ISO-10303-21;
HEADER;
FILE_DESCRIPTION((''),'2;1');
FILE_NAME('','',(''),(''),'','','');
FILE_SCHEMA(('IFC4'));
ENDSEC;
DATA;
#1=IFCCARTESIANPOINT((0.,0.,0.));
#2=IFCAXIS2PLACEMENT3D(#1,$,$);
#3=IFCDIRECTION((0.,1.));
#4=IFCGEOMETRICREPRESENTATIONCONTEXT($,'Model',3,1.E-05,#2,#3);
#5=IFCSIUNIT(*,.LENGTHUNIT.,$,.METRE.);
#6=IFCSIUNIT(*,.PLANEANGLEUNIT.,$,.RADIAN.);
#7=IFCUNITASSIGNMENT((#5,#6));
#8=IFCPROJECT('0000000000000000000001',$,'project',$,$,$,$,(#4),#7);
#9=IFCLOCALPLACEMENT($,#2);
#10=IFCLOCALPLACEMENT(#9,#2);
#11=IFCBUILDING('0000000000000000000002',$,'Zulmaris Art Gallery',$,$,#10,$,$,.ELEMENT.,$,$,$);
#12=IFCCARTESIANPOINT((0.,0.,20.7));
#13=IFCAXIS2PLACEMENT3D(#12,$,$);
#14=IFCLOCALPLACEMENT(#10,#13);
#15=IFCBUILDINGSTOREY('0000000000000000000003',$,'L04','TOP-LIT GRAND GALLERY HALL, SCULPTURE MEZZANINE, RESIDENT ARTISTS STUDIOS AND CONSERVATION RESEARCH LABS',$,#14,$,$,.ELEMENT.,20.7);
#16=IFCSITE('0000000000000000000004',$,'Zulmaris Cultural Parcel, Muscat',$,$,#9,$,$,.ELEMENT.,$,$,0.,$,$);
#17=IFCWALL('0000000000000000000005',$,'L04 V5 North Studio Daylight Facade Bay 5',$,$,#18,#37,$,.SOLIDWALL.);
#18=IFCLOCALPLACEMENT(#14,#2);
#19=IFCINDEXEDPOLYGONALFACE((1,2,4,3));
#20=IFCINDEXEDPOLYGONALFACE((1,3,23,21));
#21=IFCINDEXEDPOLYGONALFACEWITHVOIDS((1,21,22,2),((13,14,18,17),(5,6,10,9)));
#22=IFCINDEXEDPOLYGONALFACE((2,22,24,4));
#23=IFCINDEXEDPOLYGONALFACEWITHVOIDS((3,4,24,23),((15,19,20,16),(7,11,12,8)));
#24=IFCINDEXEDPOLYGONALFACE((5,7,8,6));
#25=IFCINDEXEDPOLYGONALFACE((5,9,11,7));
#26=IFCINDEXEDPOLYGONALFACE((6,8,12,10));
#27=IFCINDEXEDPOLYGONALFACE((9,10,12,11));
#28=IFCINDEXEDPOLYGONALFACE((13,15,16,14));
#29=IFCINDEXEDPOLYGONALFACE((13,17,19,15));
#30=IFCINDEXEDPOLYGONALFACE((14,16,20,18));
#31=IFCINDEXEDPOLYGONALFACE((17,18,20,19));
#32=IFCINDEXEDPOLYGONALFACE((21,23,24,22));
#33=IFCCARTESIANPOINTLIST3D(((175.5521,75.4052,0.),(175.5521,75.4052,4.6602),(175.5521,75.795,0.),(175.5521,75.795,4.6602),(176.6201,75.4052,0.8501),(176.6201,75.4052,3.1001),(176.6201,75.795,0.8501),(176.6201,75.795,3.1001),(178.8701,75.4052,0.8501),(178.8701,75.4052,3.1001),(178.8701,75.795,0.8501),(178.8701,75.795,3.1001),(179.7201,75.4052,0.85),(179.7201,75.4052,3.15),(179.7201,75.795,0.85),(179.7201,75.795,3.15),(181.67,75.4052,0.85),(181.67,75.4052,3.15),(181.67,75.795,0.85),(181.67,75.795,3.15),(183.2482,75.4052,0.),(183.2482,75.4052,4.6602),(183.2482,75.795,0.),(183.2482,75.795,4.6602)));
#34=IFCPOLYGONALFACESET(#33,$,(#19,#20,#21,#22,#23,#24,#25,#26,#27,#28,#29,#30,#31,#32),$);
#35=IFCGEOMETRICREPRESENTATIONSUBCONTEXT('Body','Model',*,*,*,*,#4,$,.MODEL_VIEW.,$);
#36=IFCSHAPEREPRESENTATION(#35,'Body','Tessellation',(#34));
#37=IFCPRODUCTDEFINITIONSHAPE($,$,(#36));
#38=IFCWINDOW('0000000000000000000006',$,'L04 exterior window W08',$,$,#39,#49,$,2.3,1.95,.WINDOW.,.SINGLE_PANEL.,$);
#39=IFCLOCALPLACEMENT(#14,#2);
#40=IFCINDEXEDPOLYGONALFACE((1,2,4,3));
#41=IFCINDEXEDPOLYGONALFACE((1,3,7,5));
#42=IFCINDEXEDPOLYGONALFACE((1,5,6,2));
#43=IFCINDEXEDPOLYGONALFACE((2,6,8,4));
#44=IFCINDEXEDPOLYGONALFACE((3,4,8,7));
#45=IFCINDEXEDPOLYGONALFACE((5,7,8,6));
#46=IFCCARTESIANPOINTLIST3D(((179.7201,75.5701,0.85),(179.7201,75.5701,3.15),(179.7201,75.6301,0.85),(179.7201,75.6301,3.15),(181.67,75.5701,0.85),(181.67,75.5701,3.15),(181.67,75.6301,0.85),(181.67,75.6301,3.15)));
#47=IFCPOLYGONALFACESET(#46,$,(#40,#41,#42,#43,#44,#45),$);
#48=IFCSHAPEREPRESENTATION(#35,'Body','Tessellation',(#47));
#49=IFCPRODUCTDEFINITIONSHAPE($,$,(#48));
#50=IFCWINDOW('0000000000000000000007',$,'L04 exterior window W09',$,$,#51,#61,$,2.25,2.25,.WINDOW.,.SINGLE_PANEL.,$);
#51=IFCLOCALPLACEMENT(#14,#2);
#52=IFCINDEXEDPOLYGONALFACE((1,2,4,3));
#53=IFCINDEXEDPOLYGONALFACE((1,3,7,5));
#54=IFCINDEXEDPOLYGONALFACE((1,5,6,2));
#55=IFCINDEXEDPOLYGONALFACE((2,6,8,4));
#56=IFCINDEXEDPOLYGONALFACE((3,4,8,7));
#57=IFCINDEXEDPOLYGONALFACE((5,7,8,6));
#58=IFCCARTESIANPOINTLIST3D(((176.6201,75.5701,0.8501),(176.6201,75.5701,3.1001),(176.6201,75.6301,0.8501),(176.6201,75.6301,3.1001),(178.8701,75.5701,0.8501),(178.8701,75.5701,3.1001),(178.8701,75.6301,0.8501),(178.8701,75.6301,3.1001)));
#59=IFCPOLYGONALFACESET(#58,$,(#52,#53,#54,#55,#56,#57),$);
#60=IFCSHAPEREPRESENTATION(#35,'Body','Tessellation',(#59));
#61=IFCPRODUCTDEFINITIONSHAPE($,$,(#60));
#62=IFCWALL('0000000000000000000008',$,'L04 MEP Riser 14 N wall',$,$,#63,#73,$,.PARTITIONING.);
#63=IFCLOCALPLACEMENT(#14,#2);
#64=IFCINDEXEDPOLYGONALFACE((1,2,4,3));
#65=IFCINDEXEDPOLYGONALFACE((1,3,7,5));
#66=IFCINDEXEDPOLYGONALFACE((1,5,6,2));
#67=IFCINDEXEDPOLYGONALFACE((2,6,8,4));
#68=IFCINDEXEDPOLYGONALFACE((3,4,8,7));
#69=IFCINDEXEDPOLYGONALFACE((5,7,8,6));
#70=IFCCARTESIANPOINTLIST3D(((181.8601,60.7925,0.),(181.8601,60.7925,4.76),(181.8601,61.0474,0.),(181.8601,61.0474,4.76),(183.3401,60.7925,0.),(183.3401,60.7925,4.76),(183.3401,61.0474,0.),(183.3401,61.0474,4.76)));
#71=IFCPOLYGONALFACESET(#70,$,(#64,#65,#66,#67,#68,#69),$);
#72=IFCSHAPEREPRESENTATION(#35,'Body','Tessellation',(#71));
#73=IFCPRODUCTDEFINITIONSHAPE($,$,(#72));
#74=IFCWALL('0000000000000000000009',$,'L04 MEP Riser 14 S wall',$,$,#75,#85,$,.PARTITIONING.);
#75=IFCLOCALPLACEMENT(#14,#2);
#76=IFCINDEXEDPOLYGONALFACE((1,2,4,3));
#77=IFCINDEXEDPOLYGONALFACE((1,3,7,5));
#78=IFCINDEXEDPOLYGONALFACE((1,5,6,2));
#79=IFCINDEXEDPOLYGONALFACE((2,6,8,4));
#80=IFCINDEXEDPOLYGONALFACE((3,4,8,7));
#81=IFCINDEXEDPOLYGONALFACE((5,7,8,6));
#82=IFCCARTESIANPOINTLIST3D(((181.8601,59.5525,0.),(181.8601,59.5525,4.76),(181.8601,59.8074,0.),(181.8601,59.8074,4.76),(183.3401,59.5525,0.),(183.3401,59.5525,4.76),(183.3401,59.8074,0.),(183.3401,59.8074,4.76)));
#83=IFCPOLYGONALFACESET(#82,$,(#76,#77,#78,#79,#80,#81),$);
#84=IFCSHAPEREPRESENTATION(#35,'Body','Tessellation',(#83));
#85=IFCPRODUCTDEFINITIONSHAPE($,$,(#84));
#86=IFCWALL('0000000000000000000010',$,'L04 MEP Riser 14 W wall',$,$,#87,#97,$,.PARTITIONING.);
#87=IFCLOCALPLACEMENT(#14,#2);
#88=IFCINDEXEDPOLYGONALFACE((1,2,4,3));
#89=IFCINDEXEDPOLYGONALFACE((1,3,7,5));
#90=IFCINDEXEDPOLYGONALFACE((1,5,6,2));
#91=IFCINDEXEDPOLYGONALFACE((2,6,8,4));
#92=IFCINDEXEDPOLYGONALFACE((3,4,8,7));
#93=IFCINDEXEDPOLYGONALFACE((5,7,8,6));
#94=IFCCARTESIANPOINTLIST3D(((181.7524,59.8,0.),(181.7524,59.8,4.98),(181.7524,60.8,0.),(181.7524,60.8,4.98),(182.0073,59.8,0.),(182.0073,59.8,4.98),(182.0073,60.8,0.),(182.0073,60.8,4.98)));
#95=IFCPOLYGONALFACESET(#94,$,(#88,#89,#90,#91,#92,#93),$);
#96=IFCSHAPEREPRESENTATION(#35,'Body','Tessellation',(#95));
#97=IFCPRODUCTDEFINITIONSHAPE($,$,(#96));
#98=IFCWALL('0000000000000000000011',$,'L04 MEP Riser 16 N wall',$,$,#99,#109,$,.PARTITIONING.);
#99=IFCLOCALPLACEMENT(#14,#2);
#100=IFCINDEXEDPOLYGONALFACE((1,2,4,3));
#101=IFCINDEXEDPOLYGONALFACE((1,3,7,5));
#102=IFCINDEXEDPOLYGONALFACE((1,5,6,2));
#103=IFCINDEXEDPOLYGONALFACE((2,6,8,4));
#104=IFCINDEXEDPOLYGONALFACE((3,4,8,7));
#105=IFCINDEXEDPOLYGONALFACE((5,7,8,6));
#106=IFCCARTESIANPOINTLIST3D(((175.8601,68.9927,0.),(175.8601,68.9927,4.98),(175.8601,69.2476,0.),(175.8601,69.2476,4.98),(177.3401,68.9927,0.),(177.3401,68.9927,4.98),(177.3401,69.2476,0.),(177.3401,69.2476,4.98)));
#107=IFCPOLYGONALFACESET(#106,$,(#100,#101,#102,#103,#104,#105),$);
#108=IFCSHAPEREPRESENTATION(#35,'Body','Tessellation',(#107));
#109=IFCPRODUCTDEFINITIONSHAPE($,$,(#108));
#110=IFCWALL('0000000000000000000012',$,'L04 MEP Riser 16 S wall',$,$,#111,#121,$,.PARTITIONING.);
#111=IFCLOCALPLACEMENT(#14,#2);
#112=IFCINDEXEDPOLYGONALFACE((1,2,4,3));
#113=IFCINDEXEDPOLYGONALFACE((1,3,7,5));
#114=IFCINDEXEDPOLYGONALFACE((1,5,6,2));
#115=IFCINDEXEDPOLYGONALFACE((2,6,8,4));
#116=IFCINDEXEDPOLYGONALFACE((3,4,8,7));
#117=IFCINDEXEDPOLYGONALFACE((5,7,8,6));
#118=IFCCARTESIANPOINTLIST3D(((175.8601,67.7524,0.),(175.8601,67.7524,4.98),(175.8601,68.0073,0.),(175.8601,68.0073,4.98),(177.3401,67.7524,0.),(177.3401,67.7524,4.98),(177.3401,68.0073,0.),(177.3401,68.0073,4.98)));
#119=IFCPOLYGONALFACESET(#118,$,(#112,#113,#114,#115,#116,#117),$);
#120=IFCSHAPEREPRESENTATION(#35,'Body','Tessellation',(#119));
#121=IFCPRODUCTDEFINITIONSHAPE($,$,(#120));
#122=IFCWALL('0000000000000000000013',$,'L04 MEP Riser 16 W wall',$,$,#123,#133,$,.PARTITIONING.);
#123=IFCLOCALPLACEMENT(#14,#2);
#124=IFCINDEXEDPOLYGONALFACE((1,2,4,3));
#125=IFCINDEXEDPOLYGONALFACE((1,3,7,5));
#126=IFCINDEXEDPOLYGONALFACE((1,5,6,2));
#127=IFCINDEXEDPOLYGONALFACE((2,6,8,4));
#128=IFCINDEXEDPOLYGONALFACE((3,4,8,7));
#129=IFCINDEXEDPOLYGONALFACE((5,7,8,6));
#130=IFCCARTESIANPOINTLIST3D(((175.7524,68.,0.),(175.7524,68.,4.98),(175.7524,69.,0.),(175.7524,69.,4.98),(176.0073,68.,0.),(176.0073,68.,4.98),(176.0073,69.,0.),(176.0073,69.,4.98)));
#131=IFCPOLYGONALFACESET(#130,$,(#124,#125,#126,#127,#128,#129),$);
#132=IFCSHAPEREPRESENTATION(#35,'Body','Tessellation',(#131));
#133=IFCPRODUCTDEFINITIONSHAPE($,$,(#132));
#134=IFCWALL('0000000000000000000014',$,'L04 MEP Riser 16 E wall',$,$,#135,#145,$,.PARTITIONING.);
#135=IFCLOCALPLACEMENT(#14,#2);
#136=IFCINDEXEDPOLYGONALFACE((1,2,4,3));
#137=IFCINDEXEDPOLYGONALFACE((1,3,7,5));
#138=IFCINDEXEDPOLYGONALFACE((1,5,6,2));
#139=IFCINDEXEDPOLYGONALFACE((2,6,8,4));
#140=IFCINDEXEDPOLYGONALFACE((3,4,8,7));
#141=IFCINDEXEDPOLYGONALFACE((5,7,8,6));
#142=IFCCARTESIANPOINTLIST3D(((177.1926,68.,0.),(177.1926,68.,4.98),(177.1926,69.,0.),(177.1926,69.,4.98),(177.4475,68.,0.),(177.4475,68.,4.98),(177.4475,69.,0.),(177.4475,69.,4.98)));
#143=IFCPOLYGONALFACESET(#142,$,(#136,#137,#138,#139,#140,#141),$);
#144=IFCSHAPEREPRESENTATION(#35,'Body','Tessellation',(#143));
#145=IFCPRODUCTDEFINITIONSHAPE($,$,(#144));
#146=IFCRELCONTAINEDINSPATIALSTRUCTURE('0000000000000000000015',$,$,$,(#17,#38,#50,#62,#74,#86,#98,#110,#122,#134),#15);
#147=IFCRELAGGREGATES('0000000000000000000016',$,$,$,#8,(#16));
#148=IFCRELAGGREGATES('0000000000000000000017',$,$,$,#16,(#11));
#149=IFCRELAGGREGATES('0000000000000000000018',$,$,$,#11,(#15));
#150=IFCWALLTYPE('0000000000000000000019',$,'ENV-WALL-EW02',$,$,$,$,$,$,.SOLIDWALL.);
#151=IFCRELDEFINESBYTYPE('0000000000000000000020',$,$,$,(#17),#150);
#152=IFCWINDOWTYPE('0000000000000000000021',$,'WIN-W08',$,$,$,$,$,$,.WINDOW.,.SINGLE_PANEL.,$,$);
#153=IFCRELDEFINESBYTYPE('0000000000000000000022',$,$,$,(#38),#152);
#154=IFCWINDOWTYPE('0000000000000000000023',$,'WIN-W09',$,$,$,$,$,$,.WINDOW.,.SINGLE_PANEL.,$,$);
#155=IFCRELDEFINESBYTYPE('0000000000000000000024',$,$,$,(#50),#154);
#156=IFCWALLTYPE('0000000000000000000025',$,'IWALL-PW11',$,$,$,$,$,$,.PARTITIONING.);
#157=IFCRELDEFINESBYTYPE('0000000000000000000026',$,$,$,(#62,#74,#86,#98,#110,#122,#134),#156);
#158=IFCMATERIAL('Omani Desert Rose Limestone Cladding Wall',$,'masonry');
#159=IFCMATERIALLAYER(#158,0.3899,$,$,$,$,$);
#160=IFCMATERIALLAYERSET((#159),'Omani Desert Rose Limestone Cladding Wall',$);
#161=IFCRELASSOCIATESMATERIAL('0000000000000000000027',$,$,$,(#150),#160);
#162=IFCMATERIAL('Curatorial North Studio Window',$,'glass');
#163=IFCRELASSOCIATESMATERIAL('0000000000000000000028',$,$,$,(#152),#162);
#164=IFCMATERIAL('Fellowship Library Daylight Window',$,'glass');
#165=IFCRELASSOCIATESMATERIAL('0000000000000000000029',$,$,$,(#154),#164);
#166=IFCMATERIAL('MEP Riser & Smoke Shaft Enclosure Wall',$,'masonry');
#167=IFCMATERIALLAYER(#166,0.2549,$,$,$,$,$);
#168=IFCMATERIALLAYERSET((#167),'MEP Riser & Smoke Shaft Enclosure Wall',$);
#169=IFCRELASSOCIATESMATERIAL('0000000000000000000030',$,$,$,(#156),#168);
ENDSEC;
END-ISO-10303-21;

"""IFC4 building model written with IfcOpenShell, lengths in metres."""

from ifc_helpers import new_model, si_unit, direction, frame, frame_2d, origin, place, context, subcontext, project, spatial, rectangle, extrude, material, layer, layer_set, type_object, element, fill, save


model = new_model("IFC4")

# Units and contexts
model_context = context("Model", 3, precision=1e-05, world=origin(), true_north=direction((0.0, 1.0)))
body_context = subcontext(model_context, "Body", "Model", "MODEL_VIEW")
ifc_project = project(units=[si_unit("LENGTHUNIT", "METRE"), si_unit("PLANEANGLEUNIT", "RADIAN")], contexts=[model_context])

# Site, building, storey
site_placement = place(None, origin())
site = spatial("IfcSite", under=ifc_project, at=site_placement, Name="Zulmaris Cultural Parcel, Muscat", CompositionType="ELEMENT", RefElevation=0.0)
building_placement = place(site_placement, origin())
building = spatial("IfcBuilding", under=site, at=building_placement, Name="Zulmaris Art Gallery", CompositionType="ELEMENT")
storey_placement = place(building_placement, frame((0.0, 0.0, 20.7)))
storey = spatial("IfcBuildingStorey", under=building, at=storey_placement, Name="L04", Description="TOP-LIT GRAND GALLERY HALL, SCULPTURE MEZZANINE, RESIDENT ARTISTS STUDIOS AND CONSERVATION RESEARCH LABS", CompositionType="ELEMENT", Elevation=20.7)

# Wall, openings, windows
ifc_material_1 = material(Name="Omani Desert Rose Limestone Cladding Wall", Category="masonry")
ifc_layer_1 = layer(ifc_material_1, 0.3899)
ifc_layer_set_1 = layer_set([ifc_layer_1], Name="Omani Desert Rose Limestone Cladding Wall")
wall_type_1 = type_object("IfcWallType", Name="ENV-WALL-EW02", PredefinedType="SOLIDWALL", material=ifc_layer_set_1)
wall_1_placement = place(storey_placement, frame((175.552, 75.6001, 0.0), z_axis=(0.0, 0.0, 1.0), x_axis=(1.0, 0.0, 0.0)))
wall_1 = element("IfcWall", 1, at=wall_1_placement, inside=storey, type_object=wall_type_1, Name="L04 V5 North Studio Daylight Facade Bay 5", PredefinedType="SOLIDWALL", context=body_context, shape_type="SweptSolid", body=[
    extrude(rectangle(XDim=7.696, YDim=0.3899, at=frame_2d((3.8481, 0.0))), origin(), (0.0, 0.0, 1.0), 4.6602),
])
opening_1_placement = place(wall_1_placement, frame((1.0681, 0.0, 0.8501)))
opening_1 = element("IfcOpeningElement", 2, at=opening_1_placement, cuts=wall_1, PredefinedType="OPENING", context=body_context, shape_type="SweptSolid", body=[
    extrude(rectangle(XDim=2.25, YDim=2.25, at=frame_2d((1.125, 1.125))), frame((0.0, 0.2048, 0.0), z_axis=(0.0, -1.0, 0.0), x_axis=(1.0, 0.0, 0.0)), (0.0, 0.0, 1.0), 0.4099),
])
opening_2_placement = place(wall_1_placement, frame((4.168, 0.0, 0.8501)))
opening_2 = element("IfcOpeningElement", 3, at=opening_2_placement, cuts=wall_1, PredefinedType="OPENING", context=body_context, shape_type="SweptSolid", body=[
    extrude(rectangle(XDim=1.95, YDim=2.3, at=frame_2d((0.9751, 1.1499))), frame((0.0, 0.2048, 0.0), z_axis=(0.0, -1.0, 0.0), x_axis=(1.0, 0.0, 0.0)), (0.0, 0.0, 1.0), 0.4099),
])
ifc_material_2 = material(Name="Curatorial North Studio Window", Category="glass")
window_type_1 = type_object("IfcWindowType", Name="WIN-W08", PartitioningType="SINGLE_PANEL", PredefinedType="WINDOW", material=ifc_material_2)
window_1_placement = place(opening_2_placement, origin())
window_1 = element("IfcWindow", 4, at=window_1_placement, inside=storey, type_object=window_type_1, Name="L04 exterior window W08", OverallHeight=2.3, OverallWidth=1.95, PartitioningType="SINGLE_PANEL", PredefinedType="WINDOW", context=body_context, shape_type="SweptSolid", body=[
    extrude(rectangle(XDim=1.95, YDim=2.3, at=frame_2d((0.9751, 1.1499))), frame((0.0, 0.03, 0.0), z_axis=(0.0, -1.0, 0.0), x_axis=(1.0, 0.0, 0.0)), (0.0, 0.0, 1.0), 0.0601),
])
fill(opening_2, window_1)
ifc_material_3 = material(Name="Fellowship Library Daylight Window", Category="glass")
window_type_2 = type_object("IfcWindowType", Name="WIN-W09", PartitioningType="SINGLE_PANEL", PredefinedType="WINDOW", material=ifc_material_3)
window_2_placement = place(opening_1_placement, origin())
window_2 = element("IfcWindow", 5, at=window_2_placement, inside=storey, type_object=window_type_2, Name="L04 exterior window W09", OverallHeight=2.25, OverallWidth=2.25, PartitioningType="SINGLE_PANEL", PredefinedType="WINDOW", context=body_context, shape_type="SweptSolid", body=[
    extrude(rectangle(XDim=2.25, YDim=2.25, at=frame_2d((1.125, 1.125))), frame((0.0, 0.03, 0.0), z_axis=(0.0, -1.0, 0.0), x_axis=(1.0, 0.0, 0.0)), (0.0, 0.0, 1.0), 0.0601),
])
fill(opening_1, window_2)

# Walls
ifc_material_4 = material(Name="MEP Riser & Smoke Shaft Enclosure Wall", Category="masonry")
ifc_layer_2 = layer(ifc_material_4, 0.2549)
ifc_layer_set_2 = layer_set([ifc_layer_2], Name="MEP Riser & Smoke Shaft Enclosure Wall")
wall_type_2 = type_object("IfcWallType", Name="IWALL-PW11", PredefinedType="PARTITIONING", material=ifc_layer_set_2)
for number, where, z_axis, x_axis, name in (
    (6, (181.8601, 60.9199, 0.0), (0.0, 0.0, 1.0), (1.0, 0.0, 0.0), "L04 MEP Riser 14 N wall"),
    (7, (181.8601, 59.6799, 0.0), (0.0, 0.0, 1.0), (1.0, 0.0, 0.0), "L04 MEP Riser 14 S wall"),
):
    element("IfcWall", number, at=place(storey_placement, frame(where, z_axis=z_axis, x_axis=x_axis)), inside=storey, type_object=wall_type_2, Name=name, PredefinedType="PARTITIONING", context=body_context, shape_type="SweptSolid", body=[
        extrude(rectangle(XDim=1.48, YDim=0.2549, at=frame_2d((0.74, 0.0))), origin(), (0.0, 0.0, 1.0), 4.76),
    ])
wall_2_placement = place(storey_placement, frame((181.8799, 59.8, 0.0), z_axis=(0.0, 0.0, 1.0), x_axis=(0.0, 1.0, 0.0)))
element("IfcWall", 8, at=wall_2_placement, inside=storey, type_object=wall_type_2, Name="L04 MEP Riser 14 W wall", PredefinedType="PARTITIONING", context=body_context, shape_type="SweptSolid", body=[
    extrude(rectangle(XDim=1.0, YDim=0.2549, at=frame_2d((0.5, 0.0))), origin(), (0.0, 0.0, 1.0), 4.98),
])
for number, where, z_axis, x_axis, name in (
    (9, (175.8601, 69.1201, 0.0), (0.0, 0.0, 1.0), (1.0, 0.0, 0.0), "L04 MEP Riser 16 N wall"),
    (10, (175.8601, 67.8799, 0.0), (0.0, 0.0, 1.0), (1.0, 0.0, 0.0), "L04 MEP Riser 16 S wall"),
):
    element("IfcWall", number, at=place(storey_placement, frame(where, z_axis=z_axis, x_axis=x_axis)), inside=storey, type_object=wall_type_2, Name=name, PredefinedType="PARTITIONING", context=body_context, shape_type="SweptSolid", body=[
        extrude(rectangle(XDim=1.48, YDim=0.2549, at=frame_2d((0.74, 0.0))), origin(), (0.0, 0.0, 1.0), 4.98),
    ])
for number, where, z_axis, x_axis, name in (
    (11, (175.8799, 68.0, 0.0), (0.0, 0.0, 1.0), (0.0, 1.0, 0.0), "L04 MEP Riser 16 W wall"),
    (12, (177.3201, 68.0, 0.0), (0.0, 0.0, 1.0), (0.0, 1.0, 0.0), "L04 MEP Riser 16 E wall"),
):
    element("IfcWall", number, at=place(storey_placement, frame(where, z_axis=z_axis, x_axis=x_axis)), inside=storey, type_object=wall_type_2, Name=name, PredefinedType="PARTITIONING", context=body_context, shape_type="SweptSolid", body=[
        extrude(rectangle(XDim=1.0, YDim=0.2549, at=frame_2d((0.5, 0.0))), origin(), (0.0, 0.0, 1.0), 4.98),
    ])

save(model, "model.ifc")
